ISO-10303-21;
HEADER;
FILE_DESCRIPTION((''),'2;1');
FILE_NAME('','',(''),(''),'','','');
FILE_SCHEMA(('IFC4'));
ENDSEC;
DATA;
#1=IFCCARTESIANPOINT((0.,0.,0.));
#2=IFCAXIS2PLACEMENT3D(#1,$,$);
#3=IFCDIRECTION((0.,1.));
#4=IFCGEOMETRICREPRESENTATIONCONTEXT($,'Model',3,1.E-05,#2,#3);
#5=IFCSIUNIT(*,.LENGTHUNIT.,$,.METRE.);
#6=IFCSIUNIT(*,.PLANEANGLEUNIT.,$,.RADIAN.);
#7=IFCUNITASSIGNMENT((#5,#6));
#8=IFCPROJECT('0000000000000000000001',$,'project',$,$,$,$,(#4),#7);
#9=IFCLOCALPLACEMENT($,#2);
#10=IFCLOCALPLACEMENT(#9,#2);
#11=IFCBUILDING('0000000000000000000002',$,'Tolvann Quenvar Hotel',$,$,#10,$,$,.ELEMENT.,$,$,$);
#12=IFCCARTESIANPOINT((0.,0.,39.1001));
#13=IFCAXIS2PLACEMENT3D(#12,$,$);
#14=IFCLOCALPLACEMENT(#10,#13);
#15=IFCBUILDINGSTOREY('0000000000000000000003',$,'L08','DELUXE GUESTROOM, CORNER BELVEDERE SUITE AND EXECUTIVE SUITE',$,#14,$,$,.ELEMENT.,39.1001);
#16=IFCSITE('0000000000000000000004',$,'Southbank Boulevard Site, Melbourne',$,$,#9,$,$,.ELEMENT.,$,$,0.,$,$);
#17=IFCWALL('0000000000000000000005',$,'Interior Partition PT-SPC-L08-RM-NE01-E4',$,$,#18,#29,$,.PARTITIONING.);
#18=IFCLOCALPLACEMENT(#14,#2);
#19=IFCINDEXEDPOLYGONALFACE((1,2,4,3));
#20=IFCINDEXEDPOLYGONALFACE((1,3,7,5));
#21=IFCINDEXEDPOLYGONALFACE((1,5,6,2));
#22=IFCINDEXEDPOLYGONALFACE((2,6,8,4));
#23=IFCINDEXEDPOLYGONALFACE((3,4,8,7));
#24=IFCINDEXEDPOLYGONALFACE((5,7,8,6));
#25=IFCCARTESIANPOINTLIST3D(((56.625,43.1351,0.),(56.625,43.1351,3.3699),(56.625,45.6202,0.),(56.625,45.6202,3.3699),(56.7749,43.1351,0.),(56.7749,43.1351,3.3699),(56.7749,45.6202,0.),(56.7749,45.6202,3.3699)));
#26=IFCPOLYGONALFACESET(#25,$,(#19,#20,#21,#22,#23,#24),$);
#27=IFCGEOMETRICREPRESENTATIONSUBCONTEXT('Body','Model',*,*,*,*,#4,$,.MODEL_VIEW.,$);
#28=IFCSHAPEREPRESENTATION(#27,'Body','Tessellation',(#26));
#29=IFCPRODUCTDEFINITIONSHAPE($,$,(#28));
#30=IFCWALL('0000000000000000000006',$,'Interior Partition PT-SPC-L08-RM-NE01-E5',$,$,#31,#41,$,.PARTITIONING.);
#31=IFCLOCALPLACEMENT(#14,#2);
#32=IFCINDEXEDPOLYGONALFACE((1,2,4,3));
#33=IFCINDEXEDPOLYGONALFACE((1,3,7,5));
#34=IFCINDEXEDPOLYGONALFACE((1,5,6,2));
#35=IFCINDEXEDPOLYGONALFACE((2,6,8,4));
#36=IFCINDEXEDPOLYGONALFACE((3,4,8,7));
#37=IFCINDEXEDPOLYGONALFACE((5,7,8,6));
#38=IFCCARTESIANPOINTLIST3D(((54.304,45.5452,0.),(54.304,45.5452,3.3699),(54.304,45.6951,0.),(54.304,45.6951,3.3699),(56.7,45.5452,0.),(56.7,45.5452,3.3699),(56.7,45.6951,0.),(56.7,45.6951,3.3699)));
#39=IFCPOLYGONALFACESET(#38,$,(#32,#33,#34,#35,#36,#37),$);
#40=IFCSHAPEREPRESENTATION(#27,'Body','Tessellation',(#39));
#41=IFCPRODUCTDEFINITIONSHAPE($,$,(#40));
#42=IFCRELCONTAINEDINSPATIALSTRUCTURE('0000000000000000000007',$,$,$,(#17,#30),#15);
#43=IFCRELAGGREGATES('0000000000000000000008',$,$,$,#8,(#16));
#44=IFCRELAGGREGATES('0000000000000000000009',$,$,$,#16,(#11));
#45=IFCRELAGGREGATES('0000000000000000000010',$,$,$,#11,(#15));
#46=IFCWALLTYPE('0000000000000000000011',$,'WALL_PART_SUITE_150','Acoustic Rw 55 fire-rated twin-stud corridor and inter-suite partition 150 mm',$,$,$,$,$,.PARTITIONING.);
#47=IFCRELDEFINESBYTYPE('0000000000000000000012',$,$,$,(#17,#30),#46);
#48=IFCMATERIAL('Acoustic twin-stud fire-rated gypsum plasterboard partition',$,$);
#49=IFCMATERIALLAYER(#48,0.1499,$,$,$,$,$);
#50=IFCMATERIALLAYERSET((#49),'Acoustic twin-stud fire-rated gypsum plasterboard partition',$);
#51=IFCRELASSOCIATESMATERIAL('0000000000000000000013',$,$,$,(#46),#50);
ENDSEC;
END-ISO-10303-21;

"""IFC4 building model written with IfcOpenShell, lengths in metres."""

from ifc_helpers import new_model, si_unit, direction, frame, frame_2d, origin, place, context, subcontext, project, spatial, rectangle, extrude, material, layer, layer_set, type_object, element, save


model = new_model("IFC4")

# Units and contexts
model_context = context("Model", 3, precision=1e-05, world=origin(), true_north=direction((0.0, 1.0)))
body_context = subcontext(model_context, "Body", "Model", "MODEL_VIEW")
ifc_project = project(units=[si_unit("LENGTHUNIT", "METRE"), si_unit("PLANEANGLEUNIT", "RADIAN")], contexts=[model_context])

# Site, building, storey
site_placement = place(None, origin())
site = spatial("IfcSite", under=ifc_project, at=site_placement, Name="Southbank Boulevard Site, Melbourne", CompositionType="ELEMENT", RefElevation=0.0)
building_placement = place(site_placement, origin())
building = spatial("IfcBuilding", under=site, at=building_placement, Name="Tolvann Quenvar Hotel", CompositionType="ELEMENT")
storey_placement = place(building_placement, frame((0.0, 0.0, 39.1001)))
storey = spatial("IfcBuildingStorey", under=building, at=storey_placement, Name="L08", Description="DELUXE GUESTROOM, CORNER BELVEDERE SUITE AND EXECUTIVE SUITE", CompositionType="ELEMENT", Elevation=39.1001)

# Walls
ifc_material_1 = material(Name="Acoustic twin-stud fire-rated gypsum plasterboard partition")
ifc_layer_1 = layer(ifc_material_1, 0.1499)
ifc_layer_set_1 = layer_set([ifc_layer_1], Name="Acoustic twin-stud fire-rated gypsum plasterboard partition")
wall_type_1 = type_object("IfcWallType", Name="WALL_PART_SUITE_150", Description="Acoustic Rw 55 fire-rated twin-stud corridor and inter-suite partition 150 mm", PredefinedType="PARTITIONING", material=ifc_layer_set_1)
wall_1_placement = place(storey_placement, frame((56.7, 43.135, 0.0), z_axis=(0.0, 0.0, 1.0), x_axis=(0.0, 1.0, 0.0)))
element("IfcWall", 1, at=wall_1_placement, inside=storey, type_object=wall_type_1, Name="Interior Partition PT-SPC-L08-RM-NE01-E4", PredefinedType="PARTITIONING", context=body_context, shape_type="SweptSolid", body=[
    extrude(rectangle(XDim=2.4851, YDim=0.1499, at=frame_2d((1.2427, 0.0))), origin(), (0.0, 0.0, 1.0), 3.3699),
])
wall_2_placement = place(storey_placement, frame((54.304, 45.6201, 0.0), z_axis=(0.0, 0.0, 1.0), x_axis=(1.0, 0.0, 0.0)))
element("IfcWall", 2, at=wall_2_placement, inside=storey, type_object=wall_type_1, Name="Interior Partition PT-SPC-L08-RM-NE01-E5", PredefinedType="PARTITIONING", context=body_context, shape_type="SweptSolid", body=[
    extrude(rectangle(XDim=2.396, YDim=0.1499, at=frame_2d((1.198, 0.0))), origin(), (0.0, 0.0, 1.0), 3.3699),
])

save(model, "model.ifc")
